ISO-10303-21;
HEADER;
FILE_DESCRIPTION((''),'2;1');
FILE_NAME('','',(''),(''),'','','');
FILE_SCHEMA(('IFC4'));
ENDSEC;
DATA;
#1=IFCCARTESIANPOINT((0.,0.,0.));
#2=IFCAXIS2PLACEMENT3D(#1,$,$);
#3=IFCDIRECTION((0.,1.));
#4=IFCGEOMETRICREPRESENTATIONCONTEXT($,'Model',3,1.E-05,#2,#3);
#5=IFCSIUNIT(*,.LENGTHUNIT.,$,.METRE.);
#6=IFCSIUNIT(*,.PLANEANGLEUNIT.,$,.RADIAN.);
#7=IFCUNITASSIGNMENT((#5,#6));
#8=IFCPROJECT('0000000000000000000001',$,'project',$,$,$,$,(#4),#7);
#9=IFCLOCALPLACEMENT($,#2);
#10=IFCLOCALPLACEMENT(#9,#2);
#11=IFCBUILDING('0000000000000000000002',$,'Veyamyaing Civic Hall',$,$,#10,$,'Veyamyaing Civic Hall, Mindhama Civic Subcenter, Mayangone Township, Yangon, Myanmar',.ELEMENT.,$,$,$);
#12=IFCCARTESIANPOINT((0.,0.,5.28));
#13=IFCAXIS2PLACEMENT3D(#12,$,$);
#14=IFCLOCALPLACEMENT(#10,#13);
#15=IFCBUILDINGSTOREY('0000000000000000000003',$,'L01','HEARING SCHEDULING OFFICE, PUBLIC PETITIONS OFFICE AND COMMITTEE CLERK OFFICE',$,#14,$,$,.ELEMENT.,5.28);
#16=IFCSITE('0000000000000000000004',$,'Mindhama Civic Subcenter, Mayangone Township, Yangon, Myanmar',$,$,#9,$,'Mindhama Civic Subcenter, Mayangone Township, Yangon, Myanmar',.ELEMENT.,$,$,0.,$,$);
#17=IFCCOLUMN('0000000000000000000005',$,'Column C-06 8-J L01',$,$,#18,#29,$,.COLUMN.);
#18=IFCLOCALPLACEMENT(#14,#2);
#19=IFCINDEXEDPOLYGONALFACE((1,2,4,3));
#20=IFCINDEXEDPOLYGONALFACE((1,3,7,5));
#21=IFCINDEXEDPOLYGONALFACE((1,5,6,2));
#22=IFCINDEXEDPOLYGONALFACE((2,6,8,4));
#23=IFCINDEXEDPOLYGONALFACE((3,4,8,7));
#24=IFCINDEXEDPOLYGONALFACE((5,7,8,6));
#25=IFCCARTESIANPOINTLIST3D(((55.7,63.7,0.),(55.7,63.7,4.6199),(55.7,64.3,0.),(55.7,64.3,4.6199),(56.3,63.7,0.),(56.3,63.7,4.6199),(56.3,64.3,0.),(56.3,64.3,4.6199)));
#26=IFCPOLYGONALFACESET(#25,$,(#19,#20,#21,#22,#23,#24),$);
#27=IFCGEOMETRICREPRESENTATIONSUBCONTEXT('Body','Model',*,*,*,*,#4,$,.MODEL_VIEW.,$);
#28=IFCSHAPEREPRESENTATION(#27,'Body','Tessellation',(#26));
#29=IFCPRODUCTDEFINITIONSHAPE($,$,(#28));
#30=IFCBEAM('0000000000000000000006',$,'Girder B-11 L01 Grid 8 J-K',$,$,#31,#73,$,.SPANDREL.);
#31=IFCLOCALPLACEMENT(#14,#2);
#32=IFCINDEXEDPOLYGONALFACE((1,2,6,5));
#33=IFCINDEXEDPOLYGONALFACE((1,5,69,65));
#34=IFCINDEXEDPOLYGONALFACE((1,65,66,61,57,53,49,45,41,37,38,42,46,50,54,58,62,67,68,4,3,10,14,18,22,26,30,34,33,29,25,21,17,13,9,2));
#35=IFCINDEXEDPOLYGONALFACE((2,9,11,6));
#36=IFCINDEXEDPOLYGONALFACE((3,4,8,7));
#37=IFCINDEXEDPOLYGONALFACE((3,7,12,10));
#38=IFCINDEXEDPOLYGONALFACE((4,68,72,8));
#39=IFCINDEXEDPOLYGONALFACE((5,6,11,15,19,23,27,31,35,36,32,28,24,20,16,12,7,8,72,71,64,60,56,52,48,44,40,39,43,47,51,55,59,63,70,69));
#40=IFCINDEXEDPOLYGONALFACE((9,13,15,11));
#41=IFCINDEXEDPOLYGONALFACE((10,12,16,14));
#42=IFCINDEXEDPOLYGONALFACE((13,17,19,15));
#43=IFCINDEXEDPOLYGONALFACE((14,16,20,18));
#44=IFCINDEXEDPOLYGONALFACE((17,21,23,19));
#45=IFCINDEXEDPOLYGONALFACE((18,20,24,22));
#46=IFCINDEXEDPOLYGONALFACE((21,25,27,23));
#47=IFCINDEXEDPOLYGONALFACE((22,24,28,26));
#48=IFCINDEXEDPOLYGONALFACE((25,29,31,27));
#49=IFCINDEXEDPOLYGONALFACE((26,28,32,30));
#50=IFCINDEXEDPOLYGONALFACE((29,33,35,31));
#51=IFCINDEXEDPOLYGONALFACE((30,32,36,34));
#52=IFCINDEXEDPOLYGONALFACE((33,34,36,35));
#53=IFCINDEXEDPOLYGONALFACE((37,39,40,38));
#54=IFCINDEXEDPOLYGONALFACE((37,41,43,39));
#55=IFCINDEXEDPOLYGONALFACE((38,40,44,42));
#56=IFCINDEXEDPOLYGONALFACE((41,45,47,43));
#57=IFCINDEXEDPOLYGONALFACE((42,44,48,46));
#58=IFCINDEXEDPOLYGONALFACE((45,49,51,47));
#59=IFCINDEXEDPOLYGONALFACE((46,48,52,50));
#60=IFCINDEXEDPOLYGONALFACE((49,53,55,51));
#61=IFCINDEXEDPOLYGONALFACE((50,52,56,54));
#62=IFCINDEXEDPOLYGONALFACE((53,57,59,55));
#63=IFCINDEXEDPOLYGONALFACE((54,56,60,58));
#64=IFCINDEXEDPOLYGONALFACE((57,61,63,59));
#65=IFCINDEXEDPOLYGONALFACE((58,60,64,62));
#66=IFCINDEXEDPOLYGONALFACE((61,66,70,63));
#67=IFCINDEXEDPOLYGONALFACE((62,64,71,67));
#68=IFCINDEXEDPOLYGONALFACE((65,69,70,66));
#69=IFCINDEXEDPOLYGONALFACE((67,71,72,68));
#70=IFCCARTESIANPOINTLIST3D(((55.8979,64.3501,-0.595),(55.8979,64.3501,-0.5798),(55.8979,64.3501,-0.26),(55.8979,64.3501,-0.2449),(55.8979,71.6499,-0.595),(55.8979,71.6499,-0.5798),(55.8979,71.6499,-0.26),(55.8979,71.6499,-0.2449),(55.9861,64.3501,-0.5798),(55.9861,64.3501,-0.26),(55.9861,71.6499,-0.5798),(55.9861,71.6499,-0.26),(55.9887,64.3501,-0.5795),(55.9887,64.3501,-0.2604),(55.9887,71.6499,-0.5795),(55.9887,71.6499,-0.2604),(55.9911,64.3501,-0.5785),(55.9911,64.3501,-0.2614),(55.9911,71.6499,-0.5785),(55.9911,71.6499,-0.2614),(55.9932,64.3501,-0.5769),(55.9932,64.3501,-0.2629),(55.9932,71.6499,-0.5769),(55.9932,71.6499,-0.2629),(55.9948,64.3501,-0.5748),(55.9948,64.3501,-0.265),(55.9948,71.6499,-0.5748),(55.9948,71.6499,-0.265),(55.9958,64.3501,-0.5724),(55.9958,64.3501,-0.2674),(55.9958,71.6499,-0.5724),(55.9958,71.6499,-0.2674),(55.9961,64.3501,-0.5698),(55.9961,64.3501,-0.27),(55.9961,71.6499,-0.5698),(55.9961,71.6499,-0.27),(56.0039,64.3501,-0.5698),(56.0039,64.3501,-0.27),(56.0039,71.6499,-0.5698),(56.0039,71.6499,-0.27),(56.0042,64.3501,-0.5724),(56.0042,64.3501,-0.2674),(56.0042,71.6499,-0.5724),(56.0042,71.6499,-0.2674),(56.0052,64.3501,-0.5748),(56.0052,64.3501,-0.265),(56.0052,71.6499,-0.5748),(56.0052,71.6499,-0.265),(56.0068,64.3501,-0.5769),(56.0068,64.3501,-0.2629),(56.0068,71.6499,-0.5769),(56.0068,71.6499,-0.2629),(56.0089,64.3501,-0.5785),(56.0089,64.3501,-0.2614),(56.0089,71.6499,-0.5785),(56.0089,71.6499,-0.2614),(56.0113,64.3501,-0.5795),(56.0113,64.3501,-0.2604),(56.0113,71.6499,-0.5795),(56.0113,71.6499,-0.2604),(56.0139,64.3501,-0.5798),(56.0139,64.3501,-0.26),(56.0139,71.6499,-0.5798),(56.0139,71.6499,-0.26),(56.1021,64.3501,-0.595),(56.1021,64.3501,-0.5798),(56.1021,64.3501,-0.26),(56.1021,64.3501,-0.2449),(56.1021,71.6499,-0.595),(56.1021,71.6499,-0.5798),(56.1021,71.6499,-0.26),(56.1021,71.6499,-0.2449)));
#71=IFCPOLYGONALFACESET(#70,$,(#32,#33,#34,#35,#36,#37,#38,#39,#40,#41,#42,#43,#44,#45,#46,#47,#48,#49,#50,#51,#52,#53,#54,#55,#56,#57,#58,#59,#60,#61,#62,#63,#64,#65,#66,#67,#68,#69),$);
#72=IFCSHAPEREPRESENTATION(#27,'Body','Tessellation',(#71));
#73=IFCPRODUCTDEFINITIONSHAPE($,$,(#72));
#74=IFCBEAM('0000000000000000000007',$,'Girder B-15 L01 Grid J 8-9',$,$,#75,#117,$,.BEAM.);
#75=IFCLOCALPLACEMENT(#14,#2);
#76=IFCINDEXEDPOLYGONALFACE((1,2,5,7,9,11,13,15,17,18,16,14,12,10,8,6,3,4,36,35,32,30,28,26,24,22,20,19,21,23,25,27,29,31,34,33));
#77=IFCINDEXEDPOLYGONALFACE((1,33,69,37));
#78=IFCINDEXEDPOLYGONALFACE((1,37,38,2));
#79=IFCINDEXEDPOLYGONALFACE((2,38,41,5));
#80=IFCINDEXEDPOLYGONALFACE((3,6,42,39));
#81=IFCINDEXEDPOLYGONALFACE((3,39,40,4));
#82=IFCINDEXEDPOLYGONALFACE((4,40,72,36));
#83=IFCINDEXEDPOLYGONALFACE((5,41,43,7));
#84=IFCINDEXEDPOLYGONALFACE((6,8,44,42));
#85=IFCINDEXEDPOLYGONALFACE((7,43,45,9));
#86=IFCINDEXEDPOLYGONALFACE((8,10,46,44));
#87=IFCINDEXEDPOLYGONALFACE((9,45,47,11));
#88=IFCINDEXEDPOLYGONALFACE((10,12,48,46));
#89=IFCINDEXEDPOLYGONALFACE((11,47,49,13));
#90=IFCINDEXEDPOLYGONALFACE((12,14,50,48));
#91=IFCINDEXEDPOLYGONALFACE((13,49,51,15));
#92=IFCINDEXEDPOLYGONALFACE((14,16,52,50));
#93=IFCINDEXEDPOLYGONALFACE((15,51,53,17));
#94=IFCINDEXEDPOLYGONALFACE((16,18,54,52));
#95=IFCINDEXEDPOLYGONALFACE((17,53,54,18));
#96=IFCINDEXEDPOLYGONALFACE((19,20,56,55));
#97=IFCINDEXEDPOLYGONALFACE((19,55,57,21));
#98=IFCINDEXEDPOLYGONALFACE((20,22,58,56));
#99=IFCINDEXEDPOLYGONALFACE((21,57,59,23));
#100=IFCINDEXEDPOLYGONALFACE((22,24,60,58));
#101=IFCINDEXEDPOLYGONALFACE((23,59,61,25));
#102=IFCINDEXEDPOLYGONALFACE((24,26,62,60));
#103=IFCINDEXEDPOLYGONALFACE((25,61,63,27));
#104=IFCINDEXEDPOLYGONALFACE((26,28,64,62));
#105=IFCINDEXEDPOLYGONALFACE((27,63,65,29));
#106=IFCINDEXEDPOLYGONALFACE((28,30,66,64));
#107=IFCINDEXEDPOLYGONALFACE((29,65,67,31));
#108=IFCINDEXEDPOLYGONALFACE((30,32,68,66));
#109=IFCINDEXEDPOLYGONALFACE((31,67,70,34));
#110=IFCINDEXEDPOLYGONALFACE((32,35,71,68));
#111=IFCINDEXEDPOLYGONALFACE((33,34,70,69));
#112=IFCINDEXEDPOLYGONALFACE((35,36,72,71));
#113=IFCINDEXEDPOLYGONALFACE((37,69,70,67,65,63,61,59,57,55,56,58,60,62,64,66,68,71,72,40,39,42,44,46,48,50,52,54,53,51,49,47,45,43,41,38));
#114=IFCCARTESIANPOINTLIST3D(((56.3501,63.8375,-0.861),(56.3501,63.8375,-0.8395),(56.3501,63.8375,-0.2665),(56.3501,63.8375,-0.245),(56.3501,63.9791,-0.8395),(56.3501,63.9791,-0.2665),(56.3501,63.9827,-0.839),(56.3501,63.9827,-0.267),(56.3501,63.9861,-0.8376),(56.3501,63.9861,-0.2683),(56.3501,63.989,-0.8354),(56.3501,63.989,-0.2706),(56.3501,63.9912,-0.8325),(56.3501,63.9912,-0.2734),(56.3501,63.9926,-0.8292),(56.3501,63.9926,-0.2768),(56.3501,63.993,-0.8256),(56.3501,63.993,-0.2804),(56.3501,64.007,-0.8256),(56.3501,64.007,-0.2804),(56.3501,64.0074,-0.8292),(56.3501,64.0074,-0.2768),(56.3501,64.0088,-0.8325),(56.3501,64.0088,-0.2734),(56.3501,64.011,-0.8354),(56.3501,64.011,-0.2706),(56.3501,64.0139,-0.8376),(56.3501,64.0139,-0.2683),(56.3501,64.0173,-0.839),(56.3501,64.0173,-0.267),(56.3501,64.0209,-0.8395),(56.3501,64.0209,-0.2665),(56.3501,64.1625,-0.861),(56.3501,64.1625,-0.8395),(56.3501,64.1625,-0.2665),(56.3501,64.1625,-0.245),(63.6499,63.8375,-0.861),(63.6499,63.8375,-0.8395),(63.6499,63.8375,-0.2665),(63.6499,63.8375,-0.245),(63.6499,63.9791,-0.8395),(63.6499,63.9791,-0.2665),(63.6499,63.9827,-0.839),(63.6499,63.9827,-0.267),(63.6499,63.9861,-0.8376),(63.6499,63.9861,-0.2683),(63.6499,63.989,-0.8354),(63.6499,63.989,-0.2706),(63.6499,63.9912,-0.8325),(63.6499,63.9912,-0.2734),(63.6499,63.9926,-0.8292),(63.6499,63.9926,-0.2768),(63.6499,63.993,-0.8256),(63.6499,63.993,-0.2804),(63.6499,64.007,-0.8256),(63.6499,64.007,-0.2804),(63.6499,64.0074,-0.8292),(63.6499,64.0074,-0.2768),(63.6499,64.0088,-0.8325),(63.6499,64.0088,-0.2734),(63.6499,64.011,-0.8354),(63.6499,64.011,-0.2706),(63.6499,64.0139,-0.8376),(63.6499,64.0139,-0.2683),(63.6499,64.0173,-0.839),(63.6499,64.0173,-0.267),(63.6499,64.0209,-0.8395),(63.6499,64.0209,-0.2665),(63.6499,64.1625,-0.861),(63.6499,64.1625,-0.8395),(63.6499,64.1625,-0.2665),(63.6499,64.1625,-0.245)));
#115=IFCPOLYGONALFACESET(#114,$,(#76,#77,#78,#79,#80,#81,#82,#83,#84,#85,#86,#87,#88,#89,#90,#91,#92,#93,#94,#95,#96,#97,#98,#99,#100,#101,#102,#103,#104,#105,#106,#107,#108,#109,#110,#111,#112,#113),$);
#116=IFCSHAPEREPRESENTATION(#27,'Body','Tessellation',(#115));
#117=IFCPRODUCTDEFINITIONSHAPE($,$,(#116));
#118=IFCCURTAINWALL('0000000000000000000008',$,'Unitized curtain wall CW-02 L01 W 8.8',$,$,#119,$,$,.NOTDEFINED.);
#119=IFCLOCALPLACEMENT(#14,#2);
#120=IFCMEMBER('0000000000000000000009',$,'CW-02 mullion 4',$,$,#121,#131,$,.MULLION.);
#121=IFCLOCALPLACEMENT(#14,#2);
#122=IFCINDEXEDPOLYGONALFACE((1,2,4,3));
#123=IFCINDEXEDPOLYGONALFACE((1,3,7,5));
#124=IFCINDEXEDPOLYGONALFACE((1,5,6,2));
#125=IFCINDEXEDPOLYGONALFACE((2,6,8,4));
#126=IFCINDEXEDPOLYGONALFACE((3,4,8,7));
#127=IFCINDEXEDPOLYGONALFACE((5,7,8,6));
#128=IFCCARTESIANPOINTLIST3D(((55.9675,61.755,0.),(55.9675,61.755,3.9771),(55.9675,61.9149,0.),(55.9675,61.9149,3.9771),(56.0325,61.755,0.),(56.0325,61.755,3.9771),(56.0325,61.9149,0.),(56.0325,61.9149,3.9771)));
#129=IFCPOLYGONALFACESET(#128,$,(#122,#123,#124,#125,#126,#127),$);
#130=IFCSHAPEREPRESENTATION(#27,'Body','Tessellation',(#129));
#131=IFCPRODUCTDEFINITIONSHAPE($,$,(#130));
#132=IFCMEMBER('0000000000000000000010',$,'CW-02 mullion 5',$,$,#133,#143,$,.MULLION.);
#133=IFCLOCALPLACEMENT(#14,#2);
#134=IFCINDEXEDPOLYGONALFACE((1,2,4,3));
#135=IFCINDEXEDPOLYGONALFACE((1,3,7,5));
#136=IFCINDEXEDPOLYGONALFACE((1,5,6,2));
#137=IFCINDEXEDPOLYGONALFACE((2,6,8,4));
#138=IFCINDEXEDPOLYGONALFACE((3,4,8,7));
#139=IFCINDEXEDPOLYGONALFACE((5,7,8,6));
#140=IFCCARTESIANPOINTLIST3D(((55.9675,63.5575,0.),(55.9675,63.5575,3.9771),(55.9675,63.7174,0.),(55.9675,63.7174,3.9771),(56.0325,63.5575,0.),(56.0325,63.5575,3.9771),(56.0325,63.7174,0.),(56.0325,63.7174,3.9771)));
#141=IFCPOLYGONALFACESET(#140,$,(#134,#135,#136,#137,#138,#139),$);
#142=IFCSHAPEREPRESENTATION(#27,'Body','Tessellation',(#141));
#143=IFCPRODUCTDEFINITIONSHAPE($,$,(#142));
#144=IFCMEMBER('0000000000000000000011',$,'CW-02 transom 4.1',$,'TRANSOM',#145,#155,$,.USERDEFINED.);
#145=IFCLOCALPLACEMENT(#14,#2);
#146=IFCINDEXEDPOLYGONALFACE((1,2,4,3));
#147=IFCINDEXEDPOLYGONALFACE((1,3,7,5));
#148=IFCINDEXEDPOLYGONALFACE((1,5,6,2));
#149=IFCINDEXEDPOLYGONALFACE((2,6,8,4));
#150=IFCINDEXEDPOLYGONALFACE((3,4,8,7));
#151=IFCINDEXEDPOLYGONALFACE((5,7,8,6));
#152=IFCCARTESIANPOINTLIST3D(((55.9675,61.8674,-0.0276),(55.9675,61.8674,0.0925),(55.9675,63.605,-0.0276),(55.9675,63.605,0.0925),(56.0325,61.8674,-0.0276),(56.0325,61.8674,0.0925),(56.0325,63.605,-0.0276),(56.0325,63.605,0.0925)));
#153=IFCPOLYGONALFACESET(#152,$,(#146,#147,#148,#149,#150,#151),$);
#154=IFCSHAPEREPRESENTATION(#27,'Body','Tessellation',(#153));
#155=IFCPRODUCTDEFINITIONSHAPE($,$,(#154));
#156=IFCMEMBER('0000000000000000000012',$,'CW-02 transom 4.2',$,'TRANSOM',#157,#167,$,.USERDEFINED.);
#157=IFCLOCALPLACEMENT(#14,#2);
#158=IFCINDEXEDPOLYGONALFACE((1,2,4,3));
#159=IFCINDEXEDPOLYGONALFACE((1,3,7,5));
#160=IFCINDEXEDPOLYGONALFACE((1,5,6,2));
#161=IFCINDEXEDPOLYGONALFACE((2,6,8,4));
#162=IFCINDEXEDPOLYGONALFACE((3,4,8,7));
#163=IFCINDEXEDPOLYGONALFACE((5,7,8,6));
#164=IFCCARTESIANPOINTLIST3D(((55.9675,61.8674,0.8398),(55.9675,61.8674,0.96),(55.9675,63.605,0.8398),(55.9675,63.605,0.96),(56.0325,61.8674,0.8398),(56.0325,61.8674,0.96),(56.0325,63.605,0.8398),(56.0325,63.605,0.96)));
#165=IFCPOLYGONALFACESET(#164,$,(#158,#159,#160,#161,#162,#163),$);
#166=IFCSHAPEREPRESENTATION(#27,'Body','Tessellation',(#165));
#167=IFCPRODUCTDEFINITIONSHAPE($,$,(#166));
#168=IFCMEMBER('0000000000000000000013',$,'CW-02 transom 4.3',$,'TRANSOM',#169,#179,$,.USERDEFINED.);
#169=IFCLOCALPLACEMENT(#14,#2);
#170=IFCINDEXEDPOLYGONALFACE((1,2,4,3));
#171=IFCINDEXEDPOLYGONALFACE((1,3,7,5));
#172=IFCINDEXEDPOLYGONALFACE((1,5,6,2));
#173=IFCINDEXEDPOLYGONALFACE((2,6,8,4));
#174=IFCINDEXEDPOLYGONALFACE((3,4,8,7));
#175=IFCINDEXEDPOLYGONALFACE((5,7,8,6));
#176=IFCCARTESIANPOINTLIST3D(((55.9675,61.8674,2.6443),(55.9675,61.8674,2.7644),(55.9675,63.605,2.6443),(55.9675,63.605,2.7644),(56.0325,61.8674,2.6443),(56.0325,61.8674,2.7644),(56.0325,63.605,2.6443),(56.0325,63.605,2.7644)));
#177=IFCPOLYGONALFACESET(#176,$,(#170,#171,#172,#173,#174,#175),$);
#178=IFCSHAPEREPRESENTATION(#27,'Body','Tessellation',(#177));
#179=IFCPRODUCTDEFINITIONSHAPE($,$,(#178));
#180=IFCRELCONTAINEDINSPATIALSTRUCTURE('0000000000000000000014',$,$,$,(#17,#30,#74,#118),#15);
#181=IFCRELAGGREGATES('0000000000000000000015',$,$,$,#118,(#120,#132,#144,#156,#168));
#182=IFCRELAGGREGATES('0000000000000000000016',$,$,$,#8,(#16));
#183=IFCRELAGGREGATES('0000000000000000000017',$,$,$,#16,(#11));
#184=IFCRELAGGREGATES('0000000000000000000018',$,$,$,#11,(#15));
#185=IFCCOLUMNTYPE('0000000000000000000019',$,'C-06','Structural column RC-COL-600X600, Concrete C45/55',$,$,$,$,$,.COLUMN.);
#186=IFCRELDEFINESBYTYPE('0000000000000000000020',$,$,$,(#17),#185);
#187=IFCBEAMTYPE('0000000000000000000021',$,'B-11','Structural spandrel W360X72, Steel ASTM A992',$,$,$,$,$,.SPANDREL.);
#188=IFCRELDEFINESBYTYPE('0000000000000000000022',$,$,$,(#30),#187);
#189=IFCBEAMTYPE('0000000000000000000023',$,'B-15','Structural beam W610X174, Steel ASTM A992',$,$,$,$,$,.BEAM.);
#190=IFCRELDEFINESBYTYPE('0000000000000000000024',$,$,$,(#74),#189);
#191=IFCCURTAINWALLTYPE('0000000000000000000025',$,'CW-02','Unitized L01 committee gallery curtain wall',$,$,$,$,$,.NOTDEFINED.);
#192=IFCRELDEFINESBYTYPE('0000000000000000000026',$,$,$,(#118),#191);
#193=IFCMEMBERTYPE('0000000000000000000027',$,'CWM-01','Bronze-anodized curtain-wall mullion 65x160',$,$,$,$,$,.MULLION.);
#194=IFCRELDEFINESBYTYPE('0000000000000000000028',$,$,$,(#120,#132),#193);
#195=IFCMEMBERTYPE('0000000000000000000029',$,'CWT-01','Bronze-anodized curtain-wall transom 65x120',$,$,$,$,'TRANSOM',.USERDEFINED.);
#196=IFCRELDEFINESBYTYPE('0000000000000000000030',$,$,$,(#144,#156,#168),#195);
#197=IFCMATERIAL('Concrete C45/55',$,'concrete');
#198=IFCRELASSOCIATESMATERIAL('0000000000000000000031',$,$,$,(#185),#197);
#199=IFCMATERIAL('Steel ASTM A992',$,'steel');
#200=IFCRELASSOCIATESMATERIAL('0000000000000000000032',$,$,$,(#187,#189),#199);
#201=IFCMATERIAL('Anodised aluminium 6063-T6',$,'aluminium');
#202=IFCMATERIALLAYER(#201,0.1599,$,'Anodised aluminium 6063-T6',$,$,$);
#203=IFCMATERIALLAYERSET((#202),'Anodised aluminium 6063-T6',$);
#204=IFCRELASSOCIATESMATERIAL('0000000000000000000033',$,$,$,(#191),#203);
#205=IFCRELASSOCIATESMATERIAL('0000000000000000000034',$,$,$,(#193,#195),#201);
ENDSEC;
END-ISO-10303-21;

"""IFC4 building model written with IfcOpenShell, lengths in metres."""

from ifc_helpers import new_model, si_unit, direction, frame, origin, origin_2d, place, context, subcontext, project, spatial, rectangle, i_section, extrude, material, layer, layer_set, material_profile, profile_set, type_object, element, aggregate, save


model = new_model("IFC4")

# Units and contexts
model_context = context("Model", 3, precision=1e-05, world=origin(), true_north=direction((0.0, 1.0)))
body_context = subcontext(model_context, "Body", "Model", "MODEL_VIEW")
ifc_project = project(units=[si_unit("LENGTHUNIT", "METRE"), si_unit("PLANEANGLEUNIT", "RADIAN")], contexts=[model_context])

# Site, building, storey
site_placement = place(None, origin())
site = spatial("IfcSite", under=ifc_project, at=site_placement, Name="Mindhama Civic Subcenter, Mayangone Township, Yangon, Myanmar", LongName="Mindhama Civic Subcenter, Mayangone Township, Yangon, Myanmar", CompositionType="ELEMENT", RefElevation=0.0)
building_placement = place(site_placement, origin())
building = spatial("IfcBuilding", under=site, at=building_placement, Name="Veyamyaing Civic Hall", LongName="Veyamyaing Civic Hall, Mindhama Civic Subcenter, Mayangone Township, Yangon, Myanmar", CompositionType="ELEMENT")
storey_placement = place(building_placement, frame((0.0, 0.0, 5.28)))
storey = spatial("IfcBuildingStorey", under=building, at=storey_placement, Name="L01", Description="HEARING SCHEDULING OFFICE, PUBLIC PETITIONS OFFICE AND COMMITTEE CLERK OFFICE", CompositionType="ELEMENT", Elevation=5.28)

# Column
ifc_material_1 = material(Name="Concrete C45/55", Category="concrete")
ifc_material_profile_1 = material_profile(ifc_material_1, rectangle(XDim=0.6001, YDim=0.6001, at=origin_2d()), Name="RC-COL-600X600")
ifc_profile_set_1 = profile_set([ifc_material_profile_1], Name="Concrete C45/55")
column_type = type_object("IfcColumnType", Name="C-06", Description="Structural column RC-COL-600X600, Concrete C45/55", PredefinedType="COLUMN", material=ifc_profile_set_1)
column_placement = place(storey_placement, frame((56.0, 64.0, 0.0), z_axis=(0.0, 0.0, 1.0), x_axis=(1.0, 0.0, 0.0)))
element("IfcColumn", 1, at=column_placement, inside=storey, type_object=column_type, Name="Column C-06 8-J L01", PredefinedType="COLUMN", context=body_context, shape_type="SweptSolid", body=[
    extrude(rectangle(XDim=0.6001, YDim=0.6001, at=origin_2d()), origin(), (0.0, 0.0, 1.0), 4.6199),
])

# Beams
ifc_material_2 = material(Name="Steel ASTM A992", Category="steel")
ifc_material_profile_2 = material_profile(ifc_material_2, i_section(OverallWidth=0.2041, OverallDepth=0.3501, WebThickness=0.0078, FlangeThickness=0.0151, FilletRadius=0.01, at=origin_2d()), Name="W360X72")
ifc_profile_set_2 = profile_set([ifc_material_profile_2], Name="Steel ASTM A992")
beam_type_1 = type_object("IfcBeamType", Name="B-11", Description="Structural spandrel W360X72, Steel ASTM A992", PredefinedType="SPANDREL", material=ifc_profile_set_2)
beam_1_placement = place(storey_placement, frame((56.0, 64.3501, -0.4199), z_axis=(0.0, 1.0, 0.0), x_axis=(-1.0, 0.0, 0.0)))
element("IfcBeam", 2, at=beam_1_placement, inside=storey, type_object=beam_type_1, Name="Girder B-11 L01 Grid 8 J-K", PredefinedType="SPANDREL", context=body_context, shape_type="SweptSolid", body=[
    extrude(i_section(OverallWidth=0.2041, OverallDepth=0.3501, WebThickness=0.0078, FlangeThickness=0.0151, FilletRadius=0.01, at=origin_2d()), origin(), (0.0, 0.0, 1.0), 7.2998),
])
ifc_material_profile_3 = material_profile(ifc_material_2, i_section(OverallWidth=0.325, OverallDepth=0.616, WebThickness=0.0139, FlangeThickness=0.0215, FilletRadius=0.0139, at=origin_2d()), Name="W610X174")
ifc_profile_set_3 = profile_set([ifc_material_profile_3], Name="Steel ASTM A992")
beam_type_2 = type_object("IfcBeamType", Name="B-15", Description="Structural beam W610X174, Steel ASTM A992", PredefinedType="BEAM", material=ifc_profile_set_3)
beam_2_placement = place(storey_placement, frame((56.3501, 64.0, -0.553), z_axis=(1.0, 0.0, 0.0), x_axis=(0.0, 1.0, 0.0)))
element("IfcBeam", 3, at=beam_2_placement, inside=storey, type_object=beam_type_2, Name="Girder B-15 L01 Grid J 8-9", PredefinedType="BEAM", context=body_context, shape_type="SweptSolid", body=[
    extrude(i_section(OverallWidth=0.325, OverallDepth=0.616, WebThickness=0.0139, FlangeThickness=0.0215, FilletRadius=0.0139, at=origin_2d()), origin(), (0.0, 0.0, 1.0), 7.2998),
])

# Curtain wall, members
ifc_material_3 = material(Name="Anodised aluminium 6063-T6", Category="aluminium")
ifc_layer_1 = layer(ifc_material_3, 0.1599, Name="Anodised aluminium 6063-T6")
ifc_layer_set_1 = layer_set([ifc_layer_1], Name="Anodised aluminium 6063-T6")
curtain_wall_type = type_object("IfcCurtainWallType", Name="CW-02", Description="Unitized L01 committee gallery curtain wall", PredefinedType="NOTDEFINED", material=ifc_layer_set_1)
curtain_wall_placement = place(storey_placement, origin())
curtain_wall = element("IfcCurtainWall", 4, at=curtain_wall_placement, inside=storey, type_object=curtain_wall_type, Name="Unitized curtain wall CW-02 L01 W 8.8", PredefinedType="NOTDEFINED")
ifc_material_profile_4 = material_profile(ifc_material_3, rectangle(XDim=0.0649, YDim=0.1599, at=origin_2d()), Name="ALU-MUL-65X160")
ifc_profile_set_4 = profile_set([ifc_material_profile_4], Name="Anodised aluminium 6063-T6")
member_type_1 = type_object("IfcMemberType", Name="CWM-01", Description="Bronze-anodized curtain-wall mullion 65x160", PredefinedType="MULLION", material=ifc_profile_set_4)
member_1_placement = place(storey_placement, frame((56.0, 61.835, 0.0), z_axis=(0.0, 0.0, 1.0), x_axis=(-1.0, 0.0, 0.0)))
member_1 = element("IfcMember", 5, at=member_1_placement, type_object=member_type_1, Name="CW-02 mullion 4", PredefinedType="MULLION", context=body_context, shape_type="SweptSolid", body=[
    extrude(rectangle(XDim=0.0649, YDim=0.1599, at=origin_2d()), origin(), (0.0, 0.0, 1.0), 3.9771),
])
member_2_placement = place(storey_placement, frame((56.0, 63.6375, 0.0), z_axis=(0.0, 0.0, 1.0), x_axis=(-1.0, 0.0, 0.0)))
member_2 = element("IfcMember", 6, at=member_2_placement, type_object=member_type_1, Name="CW-02 mullion 5", PredefinedType="MULLION", context=body_context, shape_type="SweptSolid", body=[
    extrude(rectangle(XDim=0.0649, YDim=0.1599, at=origin_2d()), origin(), (0.0, 0.0, 1.0), 3.9771),
])
ifc_material_profile_5 = material_profile(ifc_material_3, rectangle(XDim=0.0649, YDim=0.1201, at=origin_2d()), Name="ALU-TRN-65X120")
ifc_profile_set_5 = profile_set([ifc_material_profile_5], Name="Anodised aluminium 6063-T6")
member_type_2 = type_object("IfcMemberType", Name="CWT-01", Description="Bronze-anodized curtain-wall transom 65x120", ElementType="TRANSOM", PredefinedType="USERDEFINED", material=ifc_profile_set_5)
member_3_placement = place(storey_placement, frame((56.0, 61.8674, 0.0325), z_axis=(0.0, 1.0, 0.0), x_axis=(-1.0, 0.0, 0.0)))
member_3 = element("IfcMember", 7, at=member_3_placement, type_object=member_type_2, Name="CW-02 transom 4.1", ObjectType="TRANSOM", PredefinedType="USERDEFINED", context=body_context, shape_type="SweptSolid", body=[
    extrude(rectangle(XDim=0.0649, YDim=0.1201, at=origin_2d()), origin(), (0.0, 0.0, 1.0), 1.7375),
])
member_4_placement = place(storey_placement, frame((56.0, 61.8674, 0.8999), z_axis=(0.0, 1.0, 0.0), x_axis=(-1.0, 0.0, 0.0)))
member_4 = element("IfcMember", 8, at=member_4_placement, type_object=member_type_2, Name="CW-02 transom 4.2", ObjectType="TRANSOM", PredefinedType="USERDEFINED", context=body_context, shape_type="SweptSolid", body=[
    extrude(rectangle(XDim=0.0649, YDim=0.1201, at=origin_2d()), origin(), (0.0, 0.0, 1.0), 1.7375),
])
member_5_placement = place(storey_placement, frame((56.0, 61.8674, 2.7043), z_axis=(0.0, 1.0, 0.0), x_axis=(-1.0, 0.0, 0.0)))
member_5 = element("IfcMember", 9, at=member_5_placement, type_object=member_type_2, Name="CW-02 transom 4.3", ObjectType="TRANSOM", PredefinedType="USERDEFINED", context=body_context, shape_type="SweptSolid", body=[
    extrude(rectangle(XDim=0.0649, YDim=0.1201, at=origin_2d()), origin(), (0.0, 0.0, 1.0), 1.7375),
])

aggregate(curtain_wall, [member_1, member_2, member_3, member_4, member_5])

save(model, "model.ifc")
